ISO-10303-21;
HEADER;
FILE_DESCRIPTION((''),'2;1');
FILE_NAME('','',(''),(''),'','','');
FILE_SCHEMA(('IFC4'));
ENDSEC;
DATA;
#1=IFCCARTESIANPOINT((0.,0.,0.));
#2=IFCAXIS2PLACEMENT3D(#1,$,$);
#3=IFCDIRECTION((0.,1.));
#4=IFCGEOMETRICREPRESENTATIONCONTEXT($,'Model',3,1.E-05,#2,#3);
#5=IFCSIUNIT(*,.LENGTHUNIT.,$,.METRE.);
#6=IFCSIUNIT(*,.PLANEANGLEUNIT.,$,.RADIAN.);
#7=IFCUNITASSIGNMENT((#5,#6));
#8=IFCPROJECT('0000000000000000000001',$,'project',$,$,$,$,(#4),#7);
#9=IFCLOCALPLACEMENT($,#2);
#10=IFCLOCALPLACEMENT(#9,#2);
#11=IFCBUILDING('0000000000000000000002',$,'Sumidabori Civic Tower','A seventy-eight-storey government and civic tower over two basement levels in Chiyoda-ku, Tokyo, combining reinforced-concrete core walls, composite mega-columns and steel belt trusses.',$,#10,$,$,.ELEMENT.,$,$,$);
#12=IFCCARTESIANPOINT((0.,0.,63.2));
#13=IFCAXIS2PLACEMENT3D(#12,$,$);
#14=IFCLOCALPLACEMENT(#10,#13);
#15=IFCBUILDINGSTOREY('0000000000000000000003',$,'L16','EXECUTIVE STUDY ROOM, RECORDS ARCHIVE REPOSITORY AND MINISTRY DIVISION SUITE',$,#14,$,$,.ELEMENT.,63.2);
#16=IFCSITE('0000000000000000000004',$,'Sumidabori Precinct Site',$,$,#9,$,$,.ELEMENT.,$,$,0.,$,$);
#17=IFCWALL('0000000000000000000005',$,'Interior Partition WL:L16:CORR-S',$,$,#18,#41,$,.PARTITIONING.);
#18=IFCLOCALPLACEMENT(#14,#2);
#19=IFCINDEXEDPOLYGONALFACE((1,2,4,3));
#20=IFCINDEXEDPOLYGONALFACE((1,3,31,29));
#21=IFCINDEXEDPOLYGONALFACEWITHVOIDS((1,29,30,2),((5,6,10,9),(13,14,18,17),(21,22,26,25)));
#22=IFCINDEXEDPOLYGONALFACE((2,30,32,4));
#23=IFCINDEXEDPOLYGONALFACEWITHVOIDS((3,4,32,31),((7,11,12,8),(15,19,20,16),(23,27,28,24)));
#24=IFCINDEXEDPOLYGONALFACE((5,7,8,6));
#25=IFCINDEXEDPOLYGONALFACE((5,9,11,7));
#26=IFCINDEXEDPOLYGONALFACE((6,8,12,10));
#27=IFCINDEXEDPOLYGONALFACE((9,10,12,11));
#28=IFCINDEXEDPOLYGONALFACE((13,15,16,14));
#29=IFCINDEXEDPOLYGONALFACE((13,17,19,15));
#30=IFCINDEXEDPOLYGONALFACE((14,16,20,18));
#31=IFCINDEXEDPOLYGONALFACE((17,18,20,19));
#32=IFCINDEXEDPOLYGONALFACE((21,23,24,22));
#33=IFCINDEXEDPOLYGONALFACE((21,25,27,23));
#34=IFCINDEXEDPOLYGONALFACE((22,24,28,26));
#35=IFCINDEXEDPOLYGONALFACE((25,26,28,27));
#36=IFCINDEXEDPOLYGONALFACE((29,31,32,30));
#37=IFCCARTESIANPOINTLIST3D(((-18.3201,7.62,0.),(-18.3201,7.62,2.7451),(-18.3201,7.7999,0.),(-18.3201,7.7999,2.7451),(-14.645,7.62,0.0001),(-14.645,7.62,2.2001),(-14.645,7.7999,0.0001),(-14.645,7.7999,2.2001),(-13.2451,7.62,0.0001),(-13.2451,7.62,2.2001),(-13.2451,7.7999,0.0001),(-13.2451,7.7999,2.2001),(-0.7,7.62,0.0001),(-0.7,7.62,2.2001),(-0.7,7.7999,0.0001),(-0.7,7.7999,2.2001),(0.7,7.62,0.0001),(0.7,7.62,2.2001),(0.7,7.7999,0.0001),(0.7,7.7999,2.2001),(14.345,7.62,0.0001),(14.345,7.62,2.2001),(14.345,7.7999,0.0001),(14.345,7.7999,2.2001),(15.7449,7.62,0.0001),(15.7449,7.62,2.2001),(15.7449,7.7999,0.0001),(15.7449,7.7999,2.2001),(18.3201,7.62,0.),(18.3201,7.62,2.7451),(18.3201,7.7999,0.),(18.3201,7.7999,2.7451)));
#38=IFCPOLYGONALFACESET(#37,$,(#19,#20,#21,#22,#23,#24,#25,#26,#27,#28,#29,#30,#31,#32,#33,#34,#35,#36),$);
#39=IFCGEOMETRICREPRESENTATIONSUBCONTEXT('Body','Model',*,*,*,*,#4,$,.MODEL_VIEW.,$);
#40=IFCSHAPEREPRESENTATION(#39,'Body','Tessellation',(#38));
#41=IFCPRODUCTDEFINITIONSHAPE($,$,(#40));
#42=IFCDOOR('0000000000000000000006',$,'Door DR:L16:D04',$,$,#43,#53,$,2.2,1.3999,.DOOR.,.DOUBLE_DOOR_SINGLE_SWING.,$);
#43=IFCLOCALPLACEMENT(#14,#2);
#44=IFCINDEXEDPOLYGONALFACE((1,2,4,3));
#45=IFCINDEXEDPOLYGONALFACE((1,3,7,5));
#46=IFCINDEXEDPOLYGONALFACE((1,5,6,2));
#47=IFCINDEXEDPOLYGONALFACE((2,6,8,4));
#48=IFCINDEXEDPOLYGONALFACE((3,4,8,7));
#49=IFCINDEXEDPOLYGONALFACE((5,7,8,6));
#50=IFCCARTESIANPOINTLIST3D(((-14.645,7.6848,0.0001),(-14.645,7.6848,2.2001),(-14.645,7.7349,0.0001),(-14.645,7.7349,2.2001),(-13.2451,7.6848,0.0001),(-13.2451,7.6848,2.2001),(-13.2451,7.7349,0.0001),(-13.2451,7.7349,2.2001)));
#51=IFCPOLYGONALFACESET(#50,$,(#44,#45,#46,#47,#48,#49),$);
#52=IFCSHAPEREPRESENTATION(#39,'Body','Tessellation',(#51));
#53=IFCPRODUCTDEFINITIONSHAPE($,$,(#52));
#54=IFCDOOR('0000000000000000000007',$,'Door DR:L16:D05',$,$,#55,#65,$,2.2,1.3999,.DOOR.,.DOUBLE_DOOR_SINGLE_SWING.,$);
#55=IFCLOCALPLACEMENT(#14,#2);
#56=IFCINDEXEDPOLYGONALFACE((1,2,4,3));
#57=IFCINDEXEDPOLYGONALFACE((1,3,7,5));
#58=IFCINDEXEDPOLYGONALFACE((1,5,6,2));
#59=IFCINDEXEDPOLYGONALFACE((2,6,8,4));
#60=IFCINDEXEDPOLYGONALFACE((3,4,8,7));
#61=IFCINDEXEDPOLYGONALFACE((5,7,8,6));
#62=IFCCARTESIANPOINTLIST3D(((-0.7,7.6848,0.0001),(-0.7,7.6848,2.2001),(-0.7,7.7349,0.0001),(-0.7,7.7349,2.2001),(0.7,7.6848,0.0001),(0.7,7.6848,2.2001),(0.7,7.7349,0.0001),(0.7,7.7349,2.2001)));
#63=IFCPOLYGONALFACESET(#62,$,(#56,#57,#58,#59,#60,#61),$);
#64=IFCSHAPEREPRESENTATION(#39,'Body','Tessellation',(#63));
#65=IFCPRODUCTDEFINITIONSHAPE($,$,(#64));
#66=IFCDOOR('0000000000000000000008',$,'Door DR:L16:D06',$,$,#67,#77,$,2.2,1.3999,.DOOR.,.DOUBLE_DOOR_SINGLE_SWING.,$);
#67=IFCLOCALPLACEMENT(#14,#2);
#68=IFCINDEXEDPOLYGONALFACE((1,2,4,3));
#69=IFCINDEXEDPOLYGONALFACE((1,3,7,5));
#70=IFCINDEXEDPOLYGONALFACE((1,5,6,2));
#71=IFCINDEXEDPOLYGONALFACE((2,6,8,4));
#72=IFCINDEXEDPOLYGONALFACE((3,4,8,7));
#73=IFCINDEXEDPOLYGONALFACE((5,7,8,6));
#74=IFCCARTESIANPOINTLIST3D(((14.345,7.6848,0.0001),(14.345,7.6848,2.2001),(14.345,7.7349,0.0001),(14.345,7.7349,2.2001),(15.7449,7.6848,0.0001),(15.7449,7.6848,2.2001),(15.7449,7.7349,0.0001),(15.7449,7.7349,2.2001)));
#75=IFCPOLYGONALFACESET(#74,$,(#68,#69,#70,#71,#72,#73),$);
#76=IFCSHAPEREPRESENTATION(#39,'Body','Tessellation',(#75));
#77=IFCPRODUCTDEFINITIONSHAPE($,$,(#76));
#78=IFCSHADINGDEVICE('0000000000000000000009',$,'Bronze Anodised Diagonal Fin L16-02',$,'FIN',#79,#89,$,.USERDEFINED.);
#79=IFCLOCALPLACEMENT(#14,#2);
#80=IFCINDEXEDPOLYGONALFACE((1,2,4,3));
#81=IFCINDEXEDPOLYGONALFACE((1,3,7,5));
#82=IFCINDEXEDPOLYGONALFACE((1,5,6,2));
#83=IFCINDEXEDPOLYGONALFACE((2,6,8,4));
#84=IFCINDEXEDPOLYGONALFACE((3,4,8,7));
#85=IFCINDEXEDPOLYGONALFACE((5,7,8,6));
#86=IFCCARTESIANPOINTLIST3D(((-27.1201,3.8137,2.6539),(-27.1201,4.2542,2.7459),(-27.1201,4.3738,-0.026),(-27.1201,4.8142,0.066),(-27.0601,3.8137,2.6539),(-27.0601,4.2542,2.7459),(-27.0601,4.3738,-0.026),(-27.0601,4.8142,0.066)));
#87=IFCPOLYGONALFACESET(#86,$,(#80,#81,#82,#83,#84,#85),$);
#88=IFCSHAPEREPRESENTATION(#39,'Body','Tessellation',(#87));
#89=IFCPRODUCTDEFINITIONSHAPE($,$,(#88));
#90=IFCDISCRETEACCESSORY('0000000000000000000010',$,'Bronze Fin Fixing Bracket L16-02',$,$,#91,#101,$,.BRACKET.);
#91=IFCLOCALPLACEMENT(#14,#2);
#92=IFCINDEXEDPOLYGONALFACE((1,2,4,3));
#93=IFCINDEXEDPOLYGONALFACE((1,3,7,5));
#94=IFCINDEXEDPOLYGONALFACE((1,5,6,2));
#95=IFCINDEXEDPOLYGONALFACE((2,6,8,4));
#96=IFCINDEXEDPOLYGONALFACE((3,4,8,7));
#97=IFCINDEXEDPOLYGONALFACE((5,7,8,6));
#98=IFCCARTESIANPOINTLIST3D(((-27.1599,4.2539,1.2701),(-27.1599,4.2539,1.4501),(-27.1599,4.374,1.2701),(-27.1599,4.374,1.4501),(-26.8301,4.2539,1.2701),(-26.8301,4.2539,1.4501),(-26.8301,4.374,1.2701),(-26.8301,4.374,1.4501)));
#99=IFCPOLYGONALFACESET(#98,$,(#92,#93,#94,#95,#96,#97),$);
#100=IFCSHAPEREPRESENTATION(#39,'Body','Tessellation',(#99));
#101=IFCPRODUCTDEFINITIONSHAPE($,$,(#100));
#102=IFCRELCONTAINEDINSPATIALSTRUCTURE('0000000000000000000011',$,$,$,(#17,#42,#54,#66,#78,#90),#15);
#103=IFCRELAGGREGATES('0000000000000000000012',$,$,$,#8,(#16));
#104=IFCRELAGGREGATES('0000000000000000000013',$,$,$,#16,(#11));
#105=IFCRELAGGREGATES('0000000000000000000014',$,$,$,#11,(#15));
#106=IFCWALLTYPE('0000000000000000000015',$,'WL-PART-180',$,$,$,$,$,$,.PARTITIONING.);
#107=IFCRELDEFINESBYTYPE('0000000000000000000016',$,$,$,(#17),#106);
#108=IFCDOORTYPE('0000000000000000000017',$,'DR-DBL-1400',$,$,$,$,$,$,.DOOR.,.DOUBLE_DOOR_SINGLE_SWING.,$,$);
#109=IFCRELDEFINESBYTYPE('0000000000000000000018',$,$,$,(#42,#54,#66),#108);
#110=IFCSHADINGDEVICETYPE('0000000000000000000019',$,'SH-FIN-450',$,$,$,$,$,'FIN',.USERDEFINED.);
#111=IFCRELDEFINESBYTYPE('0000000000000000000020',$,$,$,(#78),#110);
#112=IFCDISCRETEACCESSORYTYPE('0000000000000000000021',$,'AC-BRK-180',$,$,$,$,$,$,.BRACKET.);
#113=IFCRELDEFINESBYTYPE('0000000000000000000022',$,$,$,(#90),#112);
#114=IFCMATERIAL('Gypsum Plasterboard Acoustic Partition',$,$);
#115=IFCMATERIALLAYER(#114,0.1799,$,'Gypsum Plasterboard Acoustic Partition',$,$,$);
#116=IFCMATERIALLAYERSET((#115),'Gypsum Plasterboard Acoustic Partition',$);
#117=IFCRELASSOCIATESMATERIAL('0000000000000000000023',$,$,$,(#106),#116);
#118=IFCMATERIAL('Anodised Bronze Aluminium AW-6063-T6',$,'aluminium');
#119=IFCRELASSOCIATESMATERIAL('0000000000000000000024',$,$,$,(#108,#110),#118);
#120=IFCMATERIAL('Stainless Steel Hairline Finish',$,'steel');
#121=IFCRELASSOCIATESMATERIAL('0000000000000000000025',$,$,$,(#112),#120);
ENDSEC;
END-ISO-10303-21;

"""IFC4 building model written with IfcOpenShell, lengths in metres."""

from ifc_helpers import new_model, si_unit, direction, frame, frame_2d, origin, origin_2d, place, context, subcontext, project, spatial, rectangle, extrude, source, transform, mapped, material, layer, layer_set, material_profile, profile_set, type_object, element, fill, save


model = new_model("IFC4")

# Units and contexts
model_context = context("Model", 3, precision=1e-05, world=origin(), true_north=direction((0.0, 1.0)))
body_context = subcontext(model_context, "Body", "Model", "MODEL_VIEW")
ifc_project = project(units=[si_unit("LENGTHUNIT", "METRE"), si_unit("PLANEANGLEUNIT", "RADIAN")], contexts=[model_context])

# Site, building, storey
site_placement = place(None, origin())
site = spatial("IfcSite", under=ifc_project, at=site_placement, Name="Sumidabori Precinct Site", CompositionType="ELEMENT", RefElevation=0.0)
building_placement = place(site_placement, origin())
building = spatial("IfcBuilding", under=site, at=building_placement, Name="Sumidabori Civic Tower", Description="A seventy-eight-storey government and civic tower over two basement levels in Chiyoda-ku, Tokyo, combining reinforced-concrete core walls, composite mega-columns and steel belt trusses.", CompositionType="ELEMENT")
storey_placement = place(building_placement, frame((0.0, 0.0, 63.2)))
storey = spatial("IfcBuildingStorey", under=building, at=storey_placement, Name="L16", Description="EXECUTIVE STUDY ROOM, RECORDS ARCHIVE REPOSITORY AND MINISTRY DIVISION SUITE", CompositionType="ELEMENT", Elevation=63.2)

# Shared definitions
ifc_material_1 = material(Name="Anodised Bronze Aluminium AW-6063-T6", Category="aluminium")

# Shared definitions
ifc_material_2 = material(Name="Gypsum Plasterboard Acoustic Partition")
ifc_layer_1 = layer(ifc_material_2, 0.1799, Name="Gypsum Plasterboard Acoustic Partition")
ifc_layer_set_1 = layer_set([ifc_layer_1], Name="Gypsum Plasterboard Acoustic Partition")
wall_type = type_object("IfcWallType", Name="WL-PART-180", PredefinedType="PARTITIONING", material=ifc_layer_set_1)

# Wall, openings, doors
shared_shape_1 = source(origin(), body_context, "Body", "SweptSolid", [
    extrude(rectangle(XDim=36.6401, YDim=0.1799, at=frame_2d((18.3201, 0.0))), origin(), (0.0, 0.0, 1.0), 2.7451),
])
wall_1_placement = place(storey_placement, frame((-18.3201, 7.71, 0.0), z_axis=(0.0, 0.0, 1.0), x_axis=(1.0, 0.0, 0.0)))
wall_1 = element("IfcWall", 1, at=wall_1_placement, inside=storey, type_object=wall_type, Name="Interior Partition WL:L16:CORR-S", PredefinedType="PARTITIONING", context=body_context, shape_type="MappedRepresentation", body=[
    mapped(shared_shape_1, transform((0.0, 0.0, 0.0), x_axis=(1.0, 0.0, 0.0), y_axis=(0.0, 1.0, 0.0), z_axis=(0.0, 0.0, 1.0), scale=1.0)),
])
opening_1_placement = place(wall_1_placement, frame((3.675, 0.0, 0.0)))
opening_1 = element("IfcOpeningElement", 2, at=opening_1_placement, cuts=wall_1, PredefinedType="OPENING", context=body_context, shape_type="SweptSolid", body=[
    extrude(rectangle(XDim=1.3999, YDim=2.2, at=frame_2d((0.7, 1.1001))), frame((0.0, 0.1021, 0.0), z_axis=(0.0, -1.0, 0.0), x_axis=(1.0, 0.0, 0.0)), (0.0, 0.0, 1.0), 0.2039),
])
opening_2_placement = place(wall_1_placement, frame((17.6201, 0.0, 0.0)))
opening_2 = element("IfcOpeningElement", 3, at=opening_2_placement, cuts=wall_1, PredefinedType="OPENING", context=body_context, shape_type="SweptSolid", body=[
    extrude(rectangle(XDim=1.3999, YDim=2.2, at=frame_2d((0.7, 1.1001))), frame((0.0, 0.1021, 0.0), z_axis=(0.0, -1.0, 0.0), x_axis=(1.0, 0.0, 0.0)), (0.0, 0.0, 1.0), 0.2039),
])
opening_3_placement = place(wall_1_placement, frame((32.665, 0.0, 0.0)))
opening_3 = element("IfcOpeningElement", 4, at=opening_3_placement, cuts=wall_1, PredefinedType="OPENING", context=body_context, shape_type="SweptSolid", body=[
    extrude(rectangle(XDim=1.3999, YDim=2.2, at=frame_2d((0.7, 1.1001))), frame((0.0, 0.1021, 0.0), z_axis=(0.0, -1.0, 0.0), x_axis=(1.0, 0.0, 0.0)), (0.0, 0.0, 1.0), 0.2039),
])
door_type_1 = type_object("IfcDoorType", Name="DR-DBL-1400", OperationType="DOUBLE_DOOR_SINGLE_SWING", PredefinedType="DOOR", material=ifc_material_1)
shared_shape_2 = source(origin(), body_context, "Body", "SweptSolid", [
    extrude(rectangle(XDim=1.3999, YDim=2.2, at=frame_2d((0.7, 1.1001))), frame((0.0, 0.0249, 0.0), z_axis=(0.0, -1.0, 0.0), x_axis=(1.0, 0.0, 0.0)), (0.0, 0.0, 1.0), 0.05),
])
door_1_placement = place(opening_1_placement, origin())
door_1 = element("IfcDoor", 5, at=door_1_placement, inside=storey, type_object=door_type_1, Name="Door DR:L16:D04", OperationType="DOUBLE_DOOR_SINGLE_SWING", OverallHeight=2.2, OverallWidth=1.3999, PredefinedType="DOOR", context=body_context, shape_type="MappedRepresentation", body=[
    mapped(shared_shape_2, transform((0.0, 0.0, 0.0), x_axis=(1.0, 0.0, 0.0), y_axis=(0.0, 1.0, 0.0), z_axis=(0.0, 0.0, 1.0), scale=1.0)),
])
fill(opening_1, door_1)
door_2_placement = place(opening_2_placement, origin())
door_2 = element("IfcDoor", 6, at=door_2_placement, inside=storey, type_object=door_type_1, Name="Door DR:L16:D05", OperationType="DOUBLE_DOOR_SINGLE_SWING", OverallHeight=2.2, OverallWidth=1.3999, PredefinedType="DOOR", context=body_context, shape_type="MappedRepresentation", body=[
    mapped(shared_shape_2, transform((0.0, 0.0, 0.0), x_axis=(1.0, 0.0, 0.0), y_axis=(0.0, 1.0, 0.0), z_axis=(0.0, 0.0, 1.0), scale=1.0)),
])
fill(opening_2, door_2)
door_3_placement = place(opening_3_placement, origin())
door_3 = element("IfcDoor", 7, at=door_3_placement, inside=storey, type_object=door_type_1, Name="Door DR:L16:D06", OperationType="DOUBLE_DOOR_SINGLE_SWING", OverallHeight=2.2, OverallWidth=1.3999, PredefinedType="DOOR", context=body_context, shape_type="MappedRepresentation", body=[
    mapped(shared_shape_2, transform((0.0, 0.0, 0.0), x_axis=(1.0, 0.0, 0.0), y_axis=(0.0, 1.0, 0.0), z_axis=(0.0, 0.0, 1.0), scale=1.0)),
])
fill(opening_3, door_3)

# Shading device
ifc_material_profile_1 = material_profile(ifc_material_1, rectangle(XDim=0.0601, YDim=0.45, at=origin_2d()), Name="BRONZE FIN 450x60")
ifc_profile_set_1 = profile_set([ifc_material_profile_1], Name="Anodised Bronze Aluminium AW-6063-T6")
shading_device_type = type_object("IfcShadingDeviceType", Name="SH-FIN-450", ElementType="FIN", PredefinedType="USERDEFINED", material=ifc_profile_set_1)
shared_shape_3 = source(origin(), body_context, "Body", "SweptSolid", [
    extrude(rectangle(XDim=0.0601, YDim=0.45, at=origin_2d()), origin(), (0.0, 0.0, 1.0), 2.7378),
])
shading_device_placement = place(storey_placement, frame((-27.0901, 4.594, 0.02), z_axis=(0.0, -0.204563, 0.978853), x_axis=(-1.0, 0.0, 0.0)))
element("IfcShadingDevice", 8, at=shading_device_placement, inside=storey, type_object=shading_device_type, Name="Bronze Anodised Diagonal Fin L16-02", ObjectType="FIN", PredefinedType="USERDEFINED", context=body_context, shape_type="MappedRepresentation", body=[
    mapped(shared_shape_3, transform((0.0, 0.0, 0.0), x_axis=(1.0, 0.0, 0.0), y_axis=(0.0, 1.0, 0.0), z_axis=(0.0, 0.0, 1.0), scale=1.0)),
])

# Discrete accessory
ifc_material_3 = material(Name="Stainless Steel Hairline Finish", Category="steel")
ifc_material_profile_2 = material_profile(ifc_material_3, rectangle(XDim=0.1201, YDim=0.1799, at=origin_2d()), Name="STEEL BRACKET 180x120")
ifc_profile_set_2 = profile_set([ifc_material_profile_2], Name="Stainless Steel Hairline Finish")
discrete_accessory_type = type_object("IfcDiscreteAccessoryType", Name="AC-BRK-180", PredefinedType="BRACKET", material=ifc_profile_set_2)
shared_shape_4 = source(origin(), body_context, "Body", "SweptSolid", [
    extrude(rectangle(XDim=0.1201, YDim=0.1799, at=origin_2d()), origin(), (0.0, 0.0, 1.0), 0.3298),
])
discrete_accessory_placement = place(storey_placement, frame((-26.8301, 4.314, 1.3601), z_axis=(-1.0, 0.0, 0.0), x_axis=(0.0, -1.0, 0.0)))
element("IfcDiscreteAccessory", 9, at=discrete_accessory_placement, inside=storey, type_object=discrete_accessory_type, Name="Bronze Fin Fixing Bracket L16-02", PredefinedType="BRACKET", context=body_context, shape_type="MappedRepresentation", body=[
    mapped(shared_shape_4, transform((0.0, 0.0, 0.0), x_axis=(1.0, 0.0, 0.0), y_axis=(0.0, 1.0, 0.0), z_axis=(0.0, 0.0, 1.0), scale=1.0)),
])

save(model, "model.ifc")
